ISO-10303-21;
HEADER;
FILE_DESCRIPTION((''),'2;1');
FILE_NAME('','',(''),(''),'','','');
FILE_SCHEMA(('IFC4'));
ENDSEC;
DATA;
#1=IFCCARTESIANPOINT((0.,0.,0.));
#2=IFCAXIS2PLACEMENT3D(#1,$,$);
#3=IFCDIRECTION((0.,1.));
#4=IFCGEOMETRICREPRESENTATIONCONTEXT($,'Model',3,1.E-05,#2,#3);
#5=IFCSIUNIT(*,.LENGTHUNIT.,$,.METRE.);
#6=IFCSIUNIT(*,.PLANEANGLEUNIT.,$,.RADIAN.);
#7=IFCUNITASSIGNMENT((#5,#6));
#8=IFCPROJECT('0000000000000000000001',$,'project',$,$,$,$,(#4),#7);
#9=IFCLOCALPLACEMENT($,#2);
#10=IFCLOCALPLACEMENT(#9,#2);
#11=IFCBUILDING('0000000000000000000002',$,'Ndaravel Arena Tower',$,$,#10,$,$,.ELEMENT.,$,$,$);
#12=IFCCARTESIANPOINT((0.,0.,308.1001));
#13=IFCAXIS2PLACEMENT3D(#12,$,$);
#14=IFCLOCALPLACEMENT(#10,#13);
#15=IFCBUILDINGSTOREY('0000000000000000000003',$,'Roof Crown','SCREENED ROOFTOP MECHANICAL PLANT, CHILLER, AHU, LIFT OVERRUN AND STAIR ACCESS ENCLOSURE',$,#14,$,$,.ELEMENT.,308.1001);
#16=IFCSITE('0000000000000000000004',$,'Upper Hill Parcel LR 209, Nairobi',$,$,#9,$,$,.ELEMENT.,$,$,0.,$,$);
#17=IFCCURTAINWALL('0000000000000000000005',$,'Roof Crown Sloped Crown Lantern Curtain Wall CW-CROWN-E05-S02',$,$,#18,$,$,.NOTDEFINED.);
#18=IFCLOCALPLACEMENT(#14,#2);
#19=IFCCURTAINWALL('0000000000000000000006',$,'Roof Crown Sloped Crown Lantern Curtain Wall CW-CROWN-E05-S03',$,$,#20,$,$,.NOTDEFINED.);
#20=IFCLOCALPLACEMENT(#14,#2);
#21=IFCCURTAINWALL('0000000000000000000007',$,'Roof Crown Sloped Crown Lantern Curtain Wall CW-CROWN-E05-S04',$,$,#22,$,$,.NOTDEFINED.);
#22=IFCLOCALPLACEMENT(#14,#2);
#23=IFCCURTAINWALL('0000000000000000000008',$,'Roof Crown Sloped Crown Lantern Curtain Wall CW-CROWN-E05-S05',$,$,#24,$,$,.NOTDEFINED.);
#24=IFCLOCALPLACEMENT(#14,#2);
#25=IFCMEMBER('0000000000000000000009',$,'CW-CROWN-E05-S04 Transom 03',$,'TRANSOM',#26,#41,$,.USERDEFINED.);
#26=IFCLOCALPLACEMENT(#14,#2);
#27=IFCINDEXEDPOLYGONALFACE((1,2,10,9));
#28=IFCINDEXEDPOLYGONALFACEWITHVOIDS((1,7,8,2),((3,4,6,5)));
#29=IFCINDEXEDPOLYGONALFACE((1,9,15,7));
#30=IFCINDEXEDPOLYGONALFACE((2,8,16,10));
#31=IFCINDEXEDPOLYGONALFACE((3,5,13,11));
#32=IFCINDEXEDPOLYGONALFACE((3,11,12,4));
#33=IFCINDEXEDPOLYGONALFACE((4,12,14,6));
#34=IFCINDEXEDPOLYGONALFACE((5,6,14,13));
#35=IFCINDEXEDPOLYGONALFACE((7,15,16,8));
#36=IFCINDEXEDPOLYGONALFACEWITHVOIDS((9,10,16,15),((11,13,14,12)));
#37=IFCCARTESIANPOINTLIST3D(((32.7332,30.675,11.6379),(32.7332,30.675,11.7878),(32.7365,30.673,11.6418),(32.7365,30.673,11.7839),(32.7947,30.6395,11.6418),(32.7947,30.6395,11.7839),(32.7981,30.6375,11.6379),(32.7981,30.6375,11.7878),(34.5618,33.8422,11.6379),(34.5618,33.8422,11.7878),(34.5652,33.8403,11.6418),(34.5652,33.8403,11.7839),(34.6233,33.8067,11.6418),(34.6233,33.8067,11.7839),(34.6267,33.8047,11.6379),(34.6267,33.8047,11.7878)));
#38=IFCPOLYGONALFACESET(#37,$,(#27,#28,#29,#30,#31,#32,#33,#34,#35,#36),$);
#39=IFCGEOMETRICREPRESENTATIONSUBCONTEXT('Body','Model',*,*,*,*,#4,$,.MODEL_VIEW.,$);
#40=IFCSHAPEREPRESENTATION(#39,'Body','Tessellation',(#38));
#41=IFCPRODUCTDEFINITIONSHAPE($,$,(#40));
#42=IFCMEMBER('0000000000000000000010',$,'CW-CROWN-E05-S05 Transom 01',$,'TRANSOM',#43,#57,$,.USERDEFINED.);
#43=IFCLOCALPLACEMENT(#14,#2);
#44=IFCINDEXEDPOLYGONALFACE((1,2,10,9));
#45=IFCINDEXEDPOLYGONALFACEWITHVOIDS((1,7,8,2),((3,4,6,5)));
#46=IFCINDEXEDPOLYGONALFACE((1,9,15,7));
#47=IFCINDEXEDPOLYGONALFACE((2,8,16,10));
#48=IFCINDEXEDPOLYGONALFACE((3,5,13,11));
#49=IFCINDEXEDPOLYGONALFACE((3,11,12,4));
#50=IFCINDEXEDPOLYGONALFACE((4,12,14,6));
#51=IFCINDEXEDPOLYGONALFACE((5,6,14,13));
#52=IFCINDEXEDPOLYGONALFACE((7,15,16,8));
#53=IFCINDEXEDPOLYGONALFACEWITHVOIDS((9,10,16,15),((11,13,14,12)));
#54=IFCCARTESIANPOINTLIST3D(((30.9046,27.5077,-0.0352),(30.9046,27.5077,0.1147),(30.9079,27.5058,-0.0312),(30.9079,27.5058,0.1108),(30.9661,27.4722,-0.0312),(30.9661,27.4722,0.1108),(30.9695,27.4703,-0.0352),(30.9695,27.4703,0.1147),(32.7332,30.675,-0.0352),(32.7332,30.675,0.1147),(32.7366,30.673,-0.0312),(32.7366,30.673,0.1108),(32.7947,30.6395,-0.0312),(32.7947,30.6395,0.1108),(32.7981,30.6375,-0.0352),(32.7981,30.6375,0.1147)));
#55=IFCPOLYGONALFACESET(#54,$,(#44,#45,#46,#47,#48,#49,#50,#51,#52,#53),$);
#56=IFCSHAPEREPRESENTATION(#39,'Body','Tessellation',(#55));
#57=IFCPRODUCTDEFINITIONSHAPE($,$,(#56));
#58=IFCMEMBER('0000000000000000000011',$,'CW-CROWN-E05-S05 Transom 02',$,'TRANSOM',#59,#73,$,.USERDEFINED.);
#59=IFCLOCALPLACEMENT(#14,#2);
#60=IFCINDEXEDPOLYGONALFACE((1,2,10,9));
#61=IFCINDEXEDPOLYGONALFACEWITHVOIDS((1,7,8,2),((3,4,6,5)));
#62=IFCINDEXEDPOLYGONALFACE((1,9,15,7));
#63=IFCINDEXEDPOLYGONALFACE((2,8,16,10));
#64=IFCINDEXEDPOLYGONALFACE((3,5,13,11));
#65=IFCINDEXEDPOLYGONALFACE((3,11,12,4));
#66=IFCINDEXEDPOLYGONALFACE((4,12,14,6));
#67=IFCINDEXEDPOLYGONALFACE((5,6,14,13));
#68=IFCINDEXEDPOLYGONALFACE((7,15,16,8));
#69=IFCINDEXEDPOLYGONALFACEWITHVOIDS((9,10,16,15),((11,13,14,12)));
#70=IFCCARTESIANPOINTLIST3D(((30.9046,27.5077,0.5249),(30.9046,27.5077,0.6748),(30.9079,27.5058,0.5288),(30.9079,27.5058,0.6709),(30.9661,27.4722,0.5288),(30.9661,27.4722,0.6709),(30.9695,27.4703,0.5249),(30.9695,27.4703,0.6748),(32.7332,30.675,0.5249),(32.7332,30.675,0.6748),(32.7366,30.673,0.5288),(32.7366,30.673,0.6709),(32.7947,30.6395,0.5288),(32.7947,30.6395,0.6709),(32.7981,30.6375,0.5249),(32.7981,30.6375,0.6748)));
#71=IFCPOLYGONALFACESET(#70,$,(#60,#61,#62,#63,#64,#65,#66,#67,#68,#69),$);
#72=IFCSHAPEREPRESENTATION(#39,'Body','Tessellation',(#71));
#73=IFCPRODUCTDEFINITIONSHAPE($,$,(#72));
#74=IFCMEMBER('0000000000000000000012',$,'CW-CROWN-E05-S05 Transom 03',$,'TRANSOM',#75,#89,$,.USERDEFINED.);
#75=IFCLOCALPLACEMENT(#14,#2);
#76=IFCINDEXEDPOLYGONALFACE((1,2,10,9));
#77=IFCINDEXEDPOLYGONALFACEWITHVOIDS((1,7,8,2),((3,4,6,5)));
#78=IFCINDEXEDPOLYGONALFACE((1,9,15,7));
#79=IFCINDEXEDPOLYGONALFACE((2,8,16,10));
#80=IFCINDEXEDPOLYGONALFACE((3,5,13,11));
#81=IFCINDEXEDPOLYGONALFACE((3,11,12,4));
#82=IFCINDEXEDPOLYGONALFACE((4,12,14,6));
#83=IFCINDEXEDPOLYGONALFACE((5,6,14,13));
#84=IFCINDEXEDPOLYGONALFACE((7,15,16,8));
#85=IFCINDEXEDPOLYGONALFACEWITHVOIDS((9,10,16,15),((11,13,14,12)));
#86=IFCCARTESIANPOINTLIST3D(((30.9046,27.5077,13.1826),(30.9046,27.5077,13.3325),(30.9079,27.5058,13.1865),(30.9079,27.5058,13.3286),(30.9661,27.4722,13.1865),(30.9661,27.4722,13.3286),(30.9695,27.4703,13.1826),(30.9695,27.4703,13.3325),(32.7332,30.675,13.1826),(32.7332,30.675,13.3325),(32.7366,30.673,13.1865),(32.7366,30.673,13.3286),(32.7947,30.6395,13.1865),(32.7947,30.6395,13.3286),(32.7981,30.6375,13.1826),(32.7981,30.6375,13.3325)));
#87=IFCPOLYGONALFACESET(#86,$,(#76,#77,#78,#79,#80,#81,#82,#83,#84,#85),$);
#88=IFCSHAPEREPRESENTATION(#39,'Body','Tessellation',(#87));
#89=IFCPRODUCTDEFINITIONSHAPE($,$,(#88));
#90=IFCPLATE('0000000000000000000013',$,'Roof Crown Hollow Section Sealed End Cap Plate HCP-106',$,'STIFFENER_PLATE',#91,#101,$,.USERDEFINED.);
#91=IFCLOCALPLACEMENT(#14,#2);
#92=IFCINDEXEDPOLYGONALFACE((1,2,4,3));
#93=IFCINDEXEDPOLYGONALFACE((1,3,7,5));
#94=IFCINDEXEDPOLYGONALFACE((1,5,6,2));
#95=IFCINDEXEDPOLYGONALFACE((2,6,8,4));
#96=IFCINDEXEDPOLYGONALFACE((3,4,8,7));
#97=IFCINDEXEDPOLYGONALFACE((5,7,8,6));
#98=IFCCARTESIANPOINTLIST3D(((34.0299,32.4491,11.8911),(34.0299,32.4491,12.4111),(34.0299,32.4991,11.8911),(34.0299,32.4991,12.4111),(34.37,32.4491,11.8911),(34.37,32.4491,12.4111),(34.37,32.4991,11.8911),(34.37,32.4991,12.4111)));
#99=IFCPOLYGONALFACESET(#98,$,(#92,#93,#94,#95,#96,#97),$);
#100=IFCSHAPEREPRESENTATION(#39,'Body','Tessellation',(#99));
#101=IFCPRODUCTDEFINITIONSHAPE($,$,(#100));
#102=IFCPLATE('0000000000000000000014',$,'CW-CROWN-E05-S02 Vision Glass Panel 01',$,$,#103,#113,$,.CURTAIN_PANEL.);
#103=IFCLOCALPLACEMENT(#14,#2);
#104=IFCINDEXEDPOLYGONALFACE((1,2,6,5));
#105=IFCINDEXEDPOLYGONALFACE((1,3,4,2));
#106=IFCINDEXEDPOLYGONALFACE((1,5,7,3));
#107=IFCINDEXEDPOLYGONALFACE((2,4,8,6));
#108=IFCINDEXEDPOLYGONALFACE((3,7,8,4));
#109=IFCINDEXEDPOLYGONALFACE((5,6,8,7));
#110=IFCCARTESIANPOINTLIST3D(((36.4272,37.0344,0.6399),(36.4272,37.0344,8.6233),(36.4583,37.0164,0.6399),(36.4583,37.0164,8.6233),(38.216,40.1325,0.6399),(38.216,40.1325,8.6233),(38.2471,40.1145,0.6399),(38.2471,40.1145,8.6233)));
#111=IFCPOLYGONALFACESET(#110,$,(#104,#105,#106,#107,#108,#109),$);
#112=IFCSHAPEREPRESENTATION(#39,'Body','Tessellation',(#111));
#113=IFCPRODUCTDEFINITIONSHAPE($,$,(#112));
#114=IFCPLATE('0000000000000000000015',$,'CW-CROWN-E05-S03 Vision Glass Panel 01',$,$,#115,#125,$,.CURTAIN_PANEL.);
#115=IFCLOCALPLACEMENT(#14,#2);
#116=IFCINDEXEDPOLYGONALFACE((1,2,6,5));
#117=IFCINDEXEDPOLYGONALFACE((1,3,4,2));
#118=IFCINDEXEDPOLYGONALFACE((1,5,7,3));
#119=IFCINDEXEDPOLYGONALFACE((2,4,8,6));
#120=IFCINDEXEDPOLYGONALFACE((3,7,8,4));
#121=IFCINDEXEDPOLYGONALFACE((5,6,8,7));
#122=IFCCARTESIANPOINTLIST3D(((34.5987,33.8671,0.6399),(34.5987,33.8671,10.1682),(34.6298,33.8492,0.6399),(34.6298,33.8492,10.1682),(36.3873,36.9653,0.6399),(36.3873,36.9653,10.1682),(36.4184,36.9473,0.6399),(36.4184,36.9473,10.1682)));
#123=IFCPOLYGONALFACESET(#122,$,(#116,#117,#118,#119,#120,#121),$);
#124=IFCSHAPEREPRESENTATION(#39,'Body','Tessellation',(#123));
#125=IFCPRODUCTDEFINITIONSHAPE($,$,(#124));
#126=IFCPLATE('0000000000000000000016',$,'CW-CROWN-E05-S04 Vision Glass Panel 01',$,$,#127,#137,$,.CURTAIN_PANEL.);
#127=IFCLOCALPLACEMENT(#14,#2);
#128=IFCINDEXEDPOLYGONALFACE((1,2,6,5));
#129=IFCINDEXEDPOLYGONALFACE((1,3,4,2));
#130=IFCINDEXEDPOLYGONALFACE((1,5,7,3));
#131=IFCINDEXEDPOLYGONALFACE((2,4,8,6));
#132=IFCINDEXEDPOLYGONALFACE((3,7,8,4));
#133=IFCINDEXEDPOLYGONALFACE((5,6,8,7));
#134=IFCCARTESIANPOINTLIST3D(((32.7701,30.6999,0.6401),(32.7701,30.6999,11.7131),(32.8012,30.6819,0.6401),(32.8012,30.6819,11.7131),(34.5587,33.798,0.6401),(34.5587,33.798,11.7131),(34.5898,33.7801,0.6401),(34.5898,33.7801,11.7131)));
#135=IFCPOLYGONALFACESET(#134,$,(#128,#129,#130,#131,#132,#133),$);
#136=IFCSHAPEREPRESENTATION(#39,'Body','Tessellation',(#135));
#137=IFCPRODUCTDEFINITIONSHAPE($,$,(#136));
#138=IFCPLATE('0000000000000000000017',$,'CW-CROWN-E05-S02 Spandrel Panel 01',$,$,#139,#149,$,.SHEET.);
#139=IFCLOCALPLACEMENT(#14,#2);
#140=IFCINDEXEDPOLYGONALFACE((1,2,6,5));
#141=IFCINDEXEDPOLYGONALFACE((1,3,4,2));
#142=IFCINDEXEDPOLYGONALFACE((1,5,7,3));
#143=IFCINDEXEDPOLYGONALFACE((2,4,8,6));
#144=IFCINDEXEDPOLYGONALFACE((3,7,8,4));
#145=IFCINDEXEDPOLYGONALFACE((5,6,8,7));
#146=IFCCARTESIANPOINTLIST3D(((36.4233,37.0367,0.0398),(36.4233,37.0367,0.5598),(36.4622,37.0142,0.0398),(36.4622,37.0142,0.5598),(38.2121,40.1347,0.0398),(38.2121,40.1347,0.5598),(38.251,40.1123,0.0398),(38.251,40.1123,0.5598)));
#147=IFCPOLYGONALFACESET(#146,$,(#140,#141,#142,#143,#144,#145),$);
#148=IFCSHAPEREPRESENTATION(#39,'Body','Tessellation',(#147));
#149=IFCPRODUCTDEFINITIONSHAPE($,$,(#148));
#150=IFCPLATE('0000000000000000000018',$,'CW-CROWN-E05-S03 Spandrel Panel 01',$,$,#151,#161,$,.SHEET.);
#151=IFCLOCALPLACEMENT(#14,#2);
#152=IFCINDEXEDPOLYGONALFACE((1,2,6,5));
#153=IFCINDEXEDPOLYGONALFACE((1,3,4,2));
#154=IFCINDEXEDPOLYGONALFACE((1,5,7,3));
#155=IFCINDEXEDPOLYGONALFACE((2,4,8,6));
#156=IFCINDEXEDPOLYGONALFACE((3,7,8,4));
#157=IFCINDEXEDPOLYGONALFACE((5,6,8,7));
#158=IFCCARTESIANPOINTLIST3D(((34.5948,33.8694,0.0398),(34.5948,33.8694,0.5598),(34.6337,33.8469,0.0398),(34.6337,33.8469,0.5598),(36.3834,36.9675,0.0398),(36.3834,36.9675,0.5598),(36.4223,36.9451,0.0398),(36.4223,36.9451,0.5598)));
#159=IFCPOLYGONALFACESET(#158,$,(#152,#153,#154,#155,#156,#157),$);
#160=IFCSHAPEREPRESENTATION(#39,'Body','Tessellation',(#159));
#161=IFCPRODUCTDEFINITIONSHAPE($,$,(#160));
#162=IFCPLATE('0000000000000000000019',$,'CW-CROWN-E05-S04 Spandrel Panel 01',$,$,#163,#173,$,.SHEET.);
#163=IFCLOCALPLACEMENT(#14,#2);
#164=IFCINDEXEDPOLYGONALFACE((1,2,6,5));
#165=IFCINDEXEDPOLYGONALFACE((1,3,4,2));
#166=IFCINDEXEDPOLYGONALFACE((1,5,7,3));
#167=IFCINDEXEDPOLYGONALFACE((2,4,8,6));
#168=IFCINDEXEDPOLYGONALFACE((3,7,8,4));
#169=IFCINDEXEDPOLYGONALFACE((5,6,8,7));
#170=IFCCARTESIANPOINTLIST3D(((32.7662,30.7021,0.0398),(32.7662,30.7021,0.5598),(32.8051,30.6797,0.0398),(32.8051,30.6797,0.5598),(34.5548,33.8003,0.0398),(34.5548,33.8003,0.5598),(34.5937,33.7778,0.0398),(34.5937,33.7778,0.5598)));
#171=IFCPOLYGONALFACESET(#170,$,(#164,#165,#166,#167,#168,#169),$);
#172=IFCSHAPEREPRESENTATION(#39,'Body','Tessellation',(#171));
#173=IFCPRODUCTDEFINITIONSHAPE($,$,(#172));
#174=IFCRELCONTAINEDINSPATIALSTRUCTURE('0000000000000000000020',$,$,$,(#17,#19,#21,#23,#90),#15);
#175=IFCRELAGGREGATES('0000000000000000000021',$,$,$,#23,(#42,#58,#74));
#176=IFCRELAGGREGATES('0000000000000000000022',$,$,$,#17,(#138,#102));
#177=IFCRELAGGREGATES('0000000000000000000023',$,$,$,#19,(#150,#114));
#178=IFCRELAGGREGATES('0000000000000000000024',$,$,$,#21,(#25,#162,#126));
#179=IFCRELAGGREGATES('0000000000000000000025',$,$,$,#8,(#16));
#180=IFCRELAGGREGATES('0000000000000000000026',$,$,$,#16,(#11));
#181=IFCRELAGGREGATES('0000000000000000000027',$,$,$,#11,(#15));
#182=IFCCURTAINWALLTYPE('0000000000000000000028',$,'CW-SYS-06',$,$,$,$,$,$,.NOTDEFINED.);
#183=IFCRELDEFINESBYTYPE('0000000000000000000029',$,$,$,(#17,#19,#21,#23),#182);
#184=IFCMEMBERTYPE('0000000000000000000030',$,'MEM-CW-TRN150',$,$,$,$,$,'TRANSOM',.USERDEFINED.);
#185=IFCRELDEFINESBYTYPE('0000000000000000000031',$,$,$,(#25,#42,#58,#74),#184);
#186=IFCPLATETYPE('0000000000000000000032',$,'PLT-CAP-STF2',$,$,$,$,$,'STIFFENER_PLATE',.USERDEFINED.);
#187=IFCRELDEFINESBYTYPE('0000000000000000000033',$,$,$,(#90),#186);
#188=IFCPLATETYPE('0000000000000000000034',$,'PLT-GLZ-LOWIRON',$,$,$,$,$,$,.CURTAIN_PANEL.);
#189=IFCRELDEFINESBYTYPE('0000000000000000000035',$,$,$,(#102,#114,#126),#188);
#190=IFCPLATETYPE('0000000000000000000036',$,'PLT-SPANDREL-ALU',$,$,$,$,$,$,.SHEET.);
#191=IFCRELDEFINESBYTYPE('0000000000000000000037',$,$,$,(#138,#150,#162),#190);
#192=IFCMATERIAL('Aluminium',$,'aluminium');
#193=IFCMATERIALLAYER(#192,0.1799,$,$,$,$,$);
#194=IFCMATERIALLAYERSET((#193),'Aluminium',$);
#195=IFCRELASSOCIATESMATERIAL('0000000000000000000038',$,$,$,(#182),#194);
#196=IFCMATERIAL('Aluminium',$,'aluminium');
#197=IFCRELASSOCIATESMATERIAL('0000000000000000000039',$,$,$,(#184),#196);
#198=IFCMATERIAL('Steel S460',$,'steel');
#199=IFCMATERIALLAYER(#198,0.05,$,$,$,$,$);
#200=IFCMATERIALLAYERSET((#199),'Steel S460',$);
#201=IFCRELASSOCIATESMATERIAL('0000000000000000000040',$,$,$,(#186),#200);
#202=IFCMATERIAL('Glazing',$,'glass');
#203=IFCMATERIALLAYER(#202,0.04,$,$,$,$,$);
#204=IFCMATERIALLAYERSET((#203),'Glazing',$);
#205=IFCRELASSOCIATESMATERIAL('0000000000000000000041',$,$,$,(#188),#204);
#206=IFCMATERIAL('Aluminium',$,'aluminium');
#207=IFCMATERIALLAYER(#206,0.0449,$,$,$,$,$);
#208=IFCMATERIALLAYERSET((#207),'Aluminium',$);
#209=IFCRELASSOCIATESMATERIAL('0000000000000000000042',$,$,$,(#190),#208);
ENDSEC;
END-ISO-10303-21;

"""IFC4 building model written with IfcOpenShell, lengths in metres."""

from ifc_helpers import new_model, si_unit, direction, frame, origin, origin_2d, place, context, subcontext, project, spatial, rectangle, hollow_rectangle, extrude, material, layer, layer_set, material_profile, profile_set, type_object, element, aggregate, save


model = new_model("IFC4")

# Units and contexts
model_context = context("Model", 3, precision=1e-05, world=origin(), true_north=direction((0.0, 1.0)))
body_context = subcontext(model_context, "Body", "Model", "MODEL_VIEW")
ifc_project = project(units=[si_unit("LENGTHUNIT", "METRE"), si_unit("PLANEANGLEUNIT", "RADIAN")], contexts=[model_context])

# Site, building, storey
site_placement = place(None, origin())
site = spatial("IfcSite", under=ifc_project, at=site_placement, Name="Upper Hill Parcel LR 209, Nairobi", CompositionType="ELEMENT", RefElevation=0.0)
building_placement = place(site_placement, origin())
building = spatial("IfcBuilding", under=site, at=building_placement, Name="Ndaravel Arena Tower", CompositionType="ELEMENT")
storey_placement = place(building_placement, frame((0.0, 0.0, 308.1001)))
storey = spatial("IfcBuildingStorey", under=building, at=storey_placement, Name="Roof Crown", Description="SCREENED ROOFTOP MECHANICAL PLANT, CHILLER, AHU, LIFT OVERRUN AND STAIR ACCESS ENCLOSURE", CompositionType="ELEMENT", Elevation=308.1001)

# Curtain walls
ifc_material_1 = material(Name="Aluminium", Category="aluminium")
ifc_layer_1 = layer(ifc_material_1, 0.1799)
ifc_layer_set_1 = layer_set([ifc_layer_1], Name="Aluminium")
curtain_wall_type = type_object("IfcCurtainWallType", Name="CW-SYS-06", PredefinedType="NOTDEFINED", material=ifc_layer_set_1)
curtain_wall_1_placement = place(storey_placement, origin())
curtain_wall_1 = element("IfcCurtainWall", 1, at=curtain_wall_1_placement, inside=storey, type_object=curtain_wall_type, Name="Roof Crown Sloped Crown Lantern Curtain Wall CW-CROWN-E05-S02", PredefinedType="NOTDEFINED")
curtain_wall_2_placement = place(storey_placement, origin())
curtain_wall_2 = element("IfcCurtainWall", 2, at=curtain_wall_2_placement, inside=storey, type_object=curtain_wall_type, Name="Roof Crown Sloped Crown Lantern Curtain Wall CW-CROWN-E05-S03", PredefinedType="NOTDEFINED")
curtain_wall_3_placement = place(storey_placement, origin())
curtain_wall_3 = element("IfcCurtainWall", 3, at=curtain_wall_3_placement, inside=storey, type_object=curtain_wall_type, Name="Roof Crown Sloped Crown Lantern Curtain Wall CW-CROWN-E05-S04", PredefinedType="NOTDEFINED")
curtain_wall_4_placement = place(storey_placement, origin())
curtain_wall_4 = element("IfcCurtainWall", 4, at=curtain_wall_4_placement, inside=storey, type_object=curtain_wall_type, Name="Roof Crown Sloped Crown Lantern Curtain Wall CW-CROWN-E05-S05", PredefinedType="NOTDEFINED")

# Members
ifc_material_2 = material(Name="Aluminium", Category="aluminium")
ifc_material_profile_1 = material_profile(ifc_material_2, hollow_rectangle(XDim=0.075, YDim=0.1499, WallThickness=0.0039, at=origin_2d()), Name="CW TRANSOM 75x150x4")
ifc_profile_set_1 = profile_set([ifc_material_profile_1], Name="Aluminium")
member_type_1 = type_object("IfcMemberType", Name="MEM-CW-TRN150", ElementType="TRANSOM", PredefinedType="USERDEFINED", material=ifc_profile_set_1)
member_1_placement = place(storey_placement, frame((34.5942, 33.8235, 11.7129), z_axis=(-0.500002, -0.866024, 0.0), x_axis=(0.866024, -0.500002, 0.0)))
member_1 = element("IfcMember", 5, at=member_1_placement, type_object=member_type_1, Name="CW-CROWN-E05-S04 Transom 03", ObjectType="TRANSOM", PredefinedType="USERDEFINED", context=body_context, shape_type="SweptSolid", body=[
    extrude(hollow_rectangle(XDim=0.075, YDim=0.1499, WallThickness=0.0039, at=origin_2d()), origin(), (0.0, 0.0, 1.0), 3.6572),
])
member_2_placement = place(storey_placement, frame((32.7656, 30.6562, 0.0398), z_axis=(-0.500002, -0.866024, 0.0), x_axis=(0.866024, -0.500002, 0.0)))
member_2 = element("IfcMember", 6, at=member_2_placement, type_object=member_type_1, Name="CW-CROWN-E05-S05 Transom 01", ObjectType="TRANSOM", PredefinedType="USERDEFINED", context=body_context, shape_type="SweptSolid", body=[
    extrude(hollow_rectangle(XDim=0.075, YDim=0.1499, WallThickness=0.0039, at=origin_2d()), origin(), (0.0, 0.0, 1.0), 3.6572),
])
member_3_placement = place(storey_placement, frame((32.7656, 30.6562, 0.5999), z_axis=(-0.500002, -0.866024, 0.0), x_axis=(0.866024, -0.500002, 0.0)))
member_3 = element("IfcMember", 7, at=member_3_placement, type_object=member_type_1, Name="CW-CROWN-E05-S05 Transom 02", ObjectType="TRANSOM", PredefinedType="USERDEFINED", context=body_context, shape_type="SweptSolid", body=[
    extrude(hollow_rectangle(XDim=0.075, YDim=0.1499, WallThickness=0.0039, at=origin_2d()), origin(), (0.0, 0.0, 1.0), 3.6572),
])
member_4_placement = place(storey_placement, frame((32.7656, 30.6562, 13.2576), z_axis=(-0.500002, -0.866024, 0.0), x_axis=(0.866024, -0.500002, 0.0)))
member_4 = element("IfcMember", 8, at=member_4_placement, type_object=member_type_1, Name="CW-CROWN-E05-S05 Transom 03", ObjectType="TRANSOM", PredefinedType="USERDEFINED", context=body_context, shape_type="SweptSolid", body=[
    extrude(hollow_rectangle(XDim=0.075, YDim=0.1499, WallThickness=0.0039, at=origin_2d()), origin(), (0.0, 0.0, 1.0), 3.6572),
])
aggregate(curtain_wall_4, [member_2, member_3, member_4])

# Plates
ifc_material_3 = material(Name="Steel S460", Category="steel")
ifc_layer_2 = layer(ifc_material_3, 0.05)
ifc_layer_set_2 = layer_set([ifc_layer_2], Name="Steel S460")
plate_type_1 = type_object("IfcPlateType", Name="PLT-CAP-STF2", ElementType="STIFFENER_PLATE", PredefinedType="USERDEFINED", material=ifc_layer_set_2)
plate_1_placement = place(storey_placement, frame((34.2, 32.4741, 11.8911), z_axis=(0.0, 0.0, 1.0), x_axis=(0.0, 1.0, 0.0)))
element("IfcPlate", 9, at=plate_1_placement, inside=storey, type_object=plate_type_1, Name="Roof Crown Hollow Section Sealed End Cap Plate HCP-106", ObjectType="STIFFENER_PLATE", PredefinedType="USERDEFINED", context=body_context, shape_type="SweptSolid", body=[
    extrude(rectangle(XDim=0.05, YDim=0.3401, at=origin_2d()), origin(), (0.0, 0.0, 1.0), 0.52),
])
ifc_material_4 = material(Name="Glazing", Category="glass")
ifc_layer_3 = layer(ifc_material_4, 0.04)
ifc_layer_set_3 = layer_set([ifc_layer_3], Name="Glazing")
plate_type_2 = type_object("IfcPlateType", Name="PLT-GLZ-LOWIRON", PredefinedType="CURTAIN_PANEL", material=ifc_layer_set_3)
plate_2_placement = place(storey_placement, frame((37.3372, 38.5745, 0.6399), z_axis=(0.0, 0.0, 1.0), x_axis=(-0.500015, -0.866017, 0.0)))
plate_2 = element("IfcPlate", 10, at=plate_2_placement, type_object=plate_type_2, Name="CW-CROWN-E05-S02 Vision Glass Panel 01", PredefinedType="CURTAIN_PANEL", context=body_context, shape_type="SweptSolid", body=[
    extrude(rectangle(XDim=3.5774, YDim=0.0359, at=origin_2d()), origin(), (0.0, 0.0, 1.0), 7.9834),
])
plate_3_placement = place(storey_placement, frame((35.5085, 35.4072, 0.6399), z_axis=(0.0, 0.0, 1.0), x_axis=(-0.499985, -0.866034, 0.0)))
plate_3 = element("IfcPlate", 11, at=plate_3_placement, type_object=plate_type_2, Name="CW-CROWN-E05-S03 Vision Glass Panel 01", PredefinedType="CURTAIN_PANEL", context=body_context, shape_type="SweptSolid", body=[
    extrude(rectangle(XDim=3.5774, YDim=0.0359, at=origin_2d()), origin(), (0.0, 0.0, 1.0), 9.5283),
])
plate_4_placement = place(storey_placement, frame((33.6799, 32.24, 0.6401), z_axis=(0.0, 0.0, 1.0), x_axis=(-0.499985, -0.866034, 0.0)))
plate_4 = element("IfcPlate", 12, at=plate_4_placement, type_object=plate_type_2, Name="CW-CROWN-E05-S04 Vision Glass Panel 01", PredefinedType="CURTAIN_PANEL", context=body_context, shape_type="SweptSolid", body=[
    extrude(rectangle(XDim=3.5774, YDim=0.0359, at=origin_2d()), origin(), (0.0, 0.0, 1.0), 11.073),
])
ifc_material_5 = material(Name="Aluminium", Category="aluminium")
ifc_layer_4 = layer(ifc_material_5, 0.0449)
ifc_layer_set_4 = layer_set([ifc_layer_4], Name="Aluminium")
plate_type_3 = type_object("IfcPlateType", Name="PLT-SPANDREL-ALU", PredefinedType="SHEET", material=ifc_layer_set_4)
plate_5_placement = place(storey_placement, frame((37.3372, 38.5745, 0.0398), z_axis=(0.0, 0.0, 1.0), x_axis=(-0.500015, -0.866017, 0.0)))
plate_5 = element("IfcPlate", 13, at=plate_5_placement, type_object=plate_type_3, Name="CW-CROWN-E05-S02 Spandrel Panel 01", PredefinedType="SHEET", context=body_context, shape_type="SweptSolid", body=[
    extrude(rectangle(XDim=3.5774, YDim=0.0449, at=origin_2d()), origin(), (0.0, 0.0, 1.0), 0.52),
])
aggregate(curtain_wall_1, [plate_5, plate_2])
plate_6_placement = place(storey_placement, frame((35.5085, 35.4072, 0.0398), z_axis=(0.0, 0.0, 1.0), x_axis=(-0.499985, -0.866034, 0.0)))
plate_6 = element("IfcPlate", 14, at=plate_6_placement, type_object=plate_type_3, Name="CW-CROWN-E05-S03 Spandrel Panel 01", PredefinedType="SHEET", context=body_context, shape_type="SweptSolid", body=[
    extrude(rectangle(XDim=3.5774, YDim=0.0449, at=origin_2d()), origin(), (0.0, 0.0, 1.0), 0.52),
])
aggregate(curtain_wall_2, [plate_6, plate_3])
plate_7_placement = place(storey_placement, frame((33.6799, 32.24, 0.0398), z_axis=(0.0, 0.0, 1.0), x_axis=(-0.499985, -0.866034, 0.0)))
plate_7 = element("IfcPlate", 15, at=plate_7_placement, type_object=plate_type_3, Name="CW-CROWN-E05-S04 Spandrel Panel 01", PredefinedType="SHEET", context=body_context, shape_type="SweptSolid", body=[
    extrude(rectangle(XDim=3.5774, YDim=0.0449, at=origin_2d()), origin(), (0.0, 0.0, 1.0), 0.52),
])
aggregate(curtain_wall_3, [member_1, plate_7, plate_4])

save(model, "model.ifc")
